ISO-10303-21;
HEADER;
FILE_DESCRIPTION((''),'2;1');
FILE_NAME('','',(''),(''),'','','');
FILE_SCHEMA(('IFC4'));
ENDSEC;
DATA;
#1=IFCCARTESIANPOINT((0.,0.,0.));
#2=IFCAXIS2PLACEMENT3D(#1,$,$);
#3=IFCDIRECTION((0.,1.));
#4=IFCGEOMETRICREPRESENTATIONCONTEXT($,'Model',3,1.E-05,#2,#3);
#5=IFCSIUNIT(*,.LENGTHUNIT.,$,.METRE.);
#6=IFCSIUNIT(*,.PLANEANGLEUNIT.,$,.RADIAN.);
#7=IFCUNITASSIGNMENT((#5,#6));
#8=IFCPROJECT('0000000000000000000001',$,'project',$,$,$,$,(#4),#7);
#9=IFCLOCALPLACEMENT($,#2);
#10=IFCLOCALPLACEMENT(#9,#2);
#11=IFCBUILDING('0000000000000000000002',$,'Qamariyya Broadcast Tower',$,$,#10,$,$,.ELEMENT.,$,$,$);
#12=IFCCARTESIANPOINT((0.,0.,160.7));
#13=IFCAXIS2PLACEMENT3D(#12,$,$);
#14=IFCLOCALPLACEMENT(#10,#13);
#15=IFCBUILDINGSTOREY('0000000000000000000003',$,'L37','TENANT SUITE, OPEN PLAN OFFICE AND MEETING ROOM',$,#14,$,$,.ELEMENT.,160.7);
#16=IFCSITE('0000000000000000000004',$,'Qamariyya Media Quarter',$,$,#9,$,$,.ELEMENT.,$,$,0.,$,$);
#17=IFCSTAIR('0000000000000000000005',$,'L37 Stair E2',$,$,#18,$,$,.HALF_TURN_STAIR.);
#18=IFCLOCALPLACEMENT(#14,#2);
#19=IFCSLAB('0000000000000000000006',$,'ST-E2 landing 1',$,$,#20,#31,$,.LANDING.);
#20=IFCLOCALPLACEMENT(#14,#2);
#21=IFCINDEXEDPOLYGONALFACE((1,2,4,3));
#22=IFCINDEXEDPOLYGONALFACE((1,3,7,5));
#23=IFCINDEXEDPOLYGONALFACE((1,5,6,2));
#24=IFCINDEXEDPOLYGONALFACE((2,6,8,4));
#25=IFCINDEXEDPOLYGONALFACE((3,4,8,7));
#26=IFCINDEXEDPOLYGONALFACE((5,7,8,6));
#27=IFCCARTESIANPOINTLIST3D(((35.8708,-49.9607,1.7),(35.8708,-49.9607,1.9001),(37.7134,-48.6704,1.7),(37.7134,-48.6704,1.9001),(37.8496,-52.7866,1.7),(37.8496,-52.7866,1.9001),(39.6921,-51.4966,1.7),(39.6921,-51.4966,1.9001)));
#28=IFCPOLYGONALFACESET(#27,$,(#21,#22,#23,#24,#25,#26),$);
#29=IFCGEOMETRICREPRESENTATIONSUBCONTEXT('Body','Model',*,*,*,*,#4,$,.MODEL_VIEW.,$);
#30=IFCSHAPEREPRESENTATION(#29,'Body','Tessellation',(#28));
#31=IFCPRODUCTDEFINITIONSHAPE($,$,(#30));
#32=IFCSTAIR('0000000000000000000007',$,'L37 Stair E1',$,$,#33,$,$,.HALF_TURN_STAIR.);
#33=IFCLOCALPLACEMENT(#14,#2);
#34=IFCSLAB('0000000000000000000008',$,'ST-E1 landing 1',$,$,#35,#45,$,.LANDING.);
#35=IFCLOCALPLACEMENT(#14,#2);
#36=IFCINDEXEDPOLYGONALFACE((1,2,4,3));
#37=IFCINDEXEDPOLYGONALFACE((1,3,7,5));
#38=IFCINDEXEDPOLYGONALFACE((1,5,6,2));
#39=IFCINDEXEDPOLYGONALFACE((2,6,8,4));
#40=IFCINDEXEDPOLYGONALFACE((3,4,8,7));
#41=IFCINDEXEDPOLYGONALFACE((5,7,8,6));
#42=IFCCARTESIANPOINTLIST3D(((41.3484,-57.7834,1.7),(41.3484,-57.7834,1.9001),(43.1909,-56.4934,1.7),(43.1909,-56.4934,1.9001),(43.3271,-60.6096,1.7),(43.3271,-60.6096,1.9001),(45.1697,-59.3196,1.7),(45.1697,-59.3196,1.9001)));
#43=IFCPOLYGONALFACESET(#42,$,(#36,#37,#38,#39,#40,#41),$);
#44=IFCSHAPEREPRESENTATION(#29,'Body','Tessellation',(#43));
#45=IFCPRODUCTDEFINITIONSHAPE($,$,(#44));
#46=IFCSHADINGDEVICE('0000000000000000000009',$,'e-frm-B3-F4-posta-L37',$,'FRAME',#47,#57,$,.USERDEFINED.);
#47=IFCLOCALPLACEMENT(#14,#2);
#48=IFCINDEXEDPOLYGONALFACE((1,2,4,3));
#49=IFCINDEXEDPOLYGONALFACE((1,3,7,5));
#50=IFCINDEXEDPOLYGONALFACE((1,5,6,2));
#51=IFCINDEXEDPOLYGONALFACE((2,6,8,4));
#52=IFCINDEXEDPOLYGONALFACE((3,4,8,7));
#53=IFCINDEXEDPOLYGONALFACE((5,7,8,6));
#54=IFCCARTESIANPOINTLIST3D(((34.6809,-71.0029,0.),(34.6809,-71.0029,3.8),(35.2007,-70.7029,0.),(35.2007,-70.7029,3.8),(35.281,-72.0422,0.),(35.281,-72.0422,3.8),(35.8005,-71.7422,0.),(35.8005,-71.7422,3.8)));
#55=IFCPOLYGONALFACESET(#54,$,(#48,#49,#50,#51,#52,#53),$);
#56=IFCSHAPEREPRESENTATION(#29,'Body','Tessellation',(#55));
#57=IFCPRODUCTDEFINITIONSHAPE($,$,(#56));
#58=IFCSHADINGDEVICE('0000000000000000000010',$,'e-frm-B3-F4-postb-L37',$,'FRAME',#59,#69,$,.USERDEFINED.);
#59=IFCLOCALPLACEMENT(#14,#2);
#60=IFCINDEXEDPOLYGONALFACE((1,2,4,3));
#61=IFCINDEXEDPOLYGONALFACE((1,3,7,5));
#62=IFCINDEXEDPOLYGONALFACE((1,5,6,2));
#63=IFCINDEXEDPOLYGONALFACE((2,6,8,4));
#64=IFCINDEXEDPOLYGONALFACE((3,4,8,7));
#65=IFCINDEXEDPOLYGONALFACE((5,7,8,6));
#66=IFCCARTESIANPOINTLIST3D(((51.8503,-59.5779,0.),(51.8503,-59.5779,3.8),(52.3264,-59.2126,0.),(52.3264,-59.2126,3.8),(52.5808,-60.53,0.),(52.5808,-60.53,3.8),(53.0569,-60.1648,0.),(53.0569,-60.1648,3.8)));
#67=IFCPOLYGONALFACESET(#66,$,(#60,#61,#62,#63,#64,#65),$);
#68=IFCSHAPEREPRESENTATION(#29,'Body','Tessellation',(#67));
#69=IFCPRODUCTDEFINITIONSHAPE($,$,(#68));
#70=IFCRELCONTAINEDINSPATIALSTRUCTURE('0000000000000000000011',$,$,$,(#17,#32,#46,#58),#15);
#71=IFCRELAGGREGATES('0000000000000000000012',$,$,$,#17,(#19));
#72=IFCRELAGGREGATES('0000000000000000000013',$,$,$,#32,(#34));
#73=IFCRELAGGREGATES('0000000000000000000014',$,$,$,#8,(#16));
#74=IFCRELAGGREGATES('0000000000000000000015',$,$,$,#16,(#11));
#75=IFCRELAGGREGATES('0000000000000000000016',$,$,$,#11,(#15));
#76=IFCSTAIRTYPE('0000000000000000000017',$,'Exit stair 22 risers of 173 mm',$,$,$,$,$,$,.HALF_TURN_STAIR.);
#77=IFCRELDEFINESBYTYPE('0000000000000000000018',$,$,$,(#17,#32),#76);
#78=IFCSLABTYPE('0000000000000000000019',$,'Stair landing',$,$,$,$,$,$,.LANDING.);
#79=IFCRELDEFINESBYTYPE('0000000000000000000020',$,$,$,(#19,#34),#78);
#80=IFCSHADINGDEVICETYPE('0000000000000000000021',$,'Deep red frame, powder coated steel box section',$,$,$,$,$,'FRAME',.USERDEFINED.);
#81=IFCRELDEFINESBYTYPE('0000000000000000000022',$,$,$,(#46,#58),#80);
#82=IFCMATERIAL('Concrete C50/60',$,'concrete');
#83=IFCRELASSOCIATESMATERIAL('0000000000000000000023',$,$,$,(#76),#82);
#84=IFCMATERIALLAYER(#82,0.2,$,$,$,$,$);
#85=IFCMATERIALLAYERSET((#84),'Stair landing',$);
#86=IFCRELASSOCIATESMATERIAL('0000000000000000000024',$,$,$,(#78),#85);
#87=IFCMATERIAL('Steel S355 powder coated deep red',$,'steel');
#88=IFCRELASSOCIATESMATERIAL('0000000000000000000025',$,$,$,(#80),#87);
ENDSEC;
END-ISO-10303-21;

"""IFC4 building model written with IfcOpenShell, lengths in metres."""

from ifc_helpers import new_model, si_unit, direction, frame, origin, place, context, subcontext, project, spatial, polyline, outline, extrude, material, layer, layer_set, type_object, element, aggregate, save


model = new_model("IFC4")

# Units and contexts
model_context = context("Model", 3, precision=1e-05, world=origin(), true_north=direction((0.0, 1.0)))
body_context = subcontext(model_context, "Body", "Model", "MODEL_VIEW")
ifc_project = project(units=[si_unit("LENGTHUNIT", "METRE"), si_unit("PLANEANGLEUNIT", "RADIAN")], contexts=[model_context])

# Site, building, storey
site_placement = place(None, origin())
building_placement = place(site_placement, origin())
storey_placement = place(building_placement, frame((0.0, 0.0, 160.7)))
site = spatial("IfcSite", under=ifc_project, at=site_placement, Name="Qamariyya Media Quarter", CompositionType="ELEMENT", RefElevation=0.0)
building = spatial("IfcBuilding", under=site, at=building_placement, Name="Qamariyya Broadcast Tower", CompositionType="ELEMENT")
storey = spatial("IfcBuildingStorey", under=building, at=storey_placement, Name="L37", Description="TENANT SUITE, OPEN PLAN OFFICE AND MEETING ROOM", CompositionType="ELEMENT", Elevation=160.7)

# Stairs, slabs
ifc_material_1 = material(Name="Concrete C50/60", Category="concrete")
stair_type = type_object("IfcStairType", Name="Exit stair 22 risers of 173 mm", PredefinedType="HALF_TURN_STAIR", material=ifc_material_1)
stair_1_placement = place(storey_placement, origin())
stair_1 = element("IfcStair", 1, at=stair_1_placement, inside=storey, type_object=stair_type, Name="L37 Stair E2", PredefinedType="HALF_TURN_STAIR")
ifc_layer_1 = layer(ifc_material_1, 0.2)
ifc_layer_set_1 = layer_set([ifc_layer_1], Name="Stair landing")
slab_type_1 = type_object("IfcSlabType", Name="Stair landing", PredefinedType="LANDING", material=ifc_layer_set_1)
slab_1_placement = place(storey_placement, frame((0.0, 0.0, 1.7)))
slab_1 = element("IfcSlab", 2, at=slab_1_placement, type_object=slab_type_1, Name="ST-E2 landing 1", PredefinedType="LANDING", context=body_context, shape_type="SweptSolid", body=[
    extrude(outline(polyline([(37.7134, -48.6704), (35.8708, -49.9607), (37.8496, -52.7866), (39.6921, -51.4966), (37.7134, -48.6704)])), origin(), (0.0, 0.0, 1.0), 0.2002),
])
aggregate(stair_1, [slab_1])
stair_2_placement = place(storey_placement, origin())
stair_2 = element("IfcStair", 3, at=stair_2_placement, inside=storey, type_object=stair_type, Name="L37 Stair E1", PredefinedType="HALF_TURN_STAIR")
slab_2_placement = place(storey_placement, frame((0.0, 0.0, 1.7)))
slab_2 = element("IfcSlab", 4, at=slab_2_placement, type_object=slab_type_1, Name="ST-E1 landing 1", PredefinedType="LANDING", context=body_context, shape_type="SweptSolid", body=[
    extrude(outline(polyline([(43.1909, -56.4934), (41.3484, -57.7834), (43.3271, -60.6096), (45.1697, -59.3196), (43.1909, -56.4934)])), origin(), (0.0, 0.0, 1.0), 0.2002),
])
aggregate(stair_2, [slab_2])

# Shading devices
ifc_material_2 = material(Name="Steel S355 powder coated deep red", Category="steel")
shading_device_type = type_object("IfcShadingDeviceType", Name="Deep red frame, powder coated steel box section", ElementType="FRAME", PredefinedType="USERDEFINED", material=ifc_material_2)
shading_device_1_placement = place(storey_placement, origin())
element("IfcShadingDevice", 5, at=shading_device_1_placement, inside=storey, type_object=shading_device_type, Name="e-frm-B3-F4-posta-L37", ObjectType="FRAME", PredefinedType="USERDEFINED", context=body_context, shape_type="SweptSolid", body=[
    extrude(outline(polyline([(34.6809, -71.0029), (35.281, -72.0422), (35.8005, -71.7422), (35.2007, -70.7029), (34.6809, -71.0029)])), origin(), (0.0, 0.0, 1.0), 3.8),
])
shading_device_2_placement = place(storey_placement, origin())
element("IfcShadingDevice", 6, at=shading_device_2_placement, inside=storey, type_object=shading_device_type, Name="e-frm-B3-F4-postb-L37", ObjectType="FRAME", PredefinedType="USERDEFINED", context=body_context, shape_type="SweptSolid", body=[
    extrude(outline(polyline([(51.8503, -59.5779), (52.5808, -60.53), (53.0569, -60.1648), (52.3264, -59.2126), (51.8503, -59.5779)])), origin(), (0.0, 0.0, 1.0), 3.8),
])

save(model, "model.ifc")
